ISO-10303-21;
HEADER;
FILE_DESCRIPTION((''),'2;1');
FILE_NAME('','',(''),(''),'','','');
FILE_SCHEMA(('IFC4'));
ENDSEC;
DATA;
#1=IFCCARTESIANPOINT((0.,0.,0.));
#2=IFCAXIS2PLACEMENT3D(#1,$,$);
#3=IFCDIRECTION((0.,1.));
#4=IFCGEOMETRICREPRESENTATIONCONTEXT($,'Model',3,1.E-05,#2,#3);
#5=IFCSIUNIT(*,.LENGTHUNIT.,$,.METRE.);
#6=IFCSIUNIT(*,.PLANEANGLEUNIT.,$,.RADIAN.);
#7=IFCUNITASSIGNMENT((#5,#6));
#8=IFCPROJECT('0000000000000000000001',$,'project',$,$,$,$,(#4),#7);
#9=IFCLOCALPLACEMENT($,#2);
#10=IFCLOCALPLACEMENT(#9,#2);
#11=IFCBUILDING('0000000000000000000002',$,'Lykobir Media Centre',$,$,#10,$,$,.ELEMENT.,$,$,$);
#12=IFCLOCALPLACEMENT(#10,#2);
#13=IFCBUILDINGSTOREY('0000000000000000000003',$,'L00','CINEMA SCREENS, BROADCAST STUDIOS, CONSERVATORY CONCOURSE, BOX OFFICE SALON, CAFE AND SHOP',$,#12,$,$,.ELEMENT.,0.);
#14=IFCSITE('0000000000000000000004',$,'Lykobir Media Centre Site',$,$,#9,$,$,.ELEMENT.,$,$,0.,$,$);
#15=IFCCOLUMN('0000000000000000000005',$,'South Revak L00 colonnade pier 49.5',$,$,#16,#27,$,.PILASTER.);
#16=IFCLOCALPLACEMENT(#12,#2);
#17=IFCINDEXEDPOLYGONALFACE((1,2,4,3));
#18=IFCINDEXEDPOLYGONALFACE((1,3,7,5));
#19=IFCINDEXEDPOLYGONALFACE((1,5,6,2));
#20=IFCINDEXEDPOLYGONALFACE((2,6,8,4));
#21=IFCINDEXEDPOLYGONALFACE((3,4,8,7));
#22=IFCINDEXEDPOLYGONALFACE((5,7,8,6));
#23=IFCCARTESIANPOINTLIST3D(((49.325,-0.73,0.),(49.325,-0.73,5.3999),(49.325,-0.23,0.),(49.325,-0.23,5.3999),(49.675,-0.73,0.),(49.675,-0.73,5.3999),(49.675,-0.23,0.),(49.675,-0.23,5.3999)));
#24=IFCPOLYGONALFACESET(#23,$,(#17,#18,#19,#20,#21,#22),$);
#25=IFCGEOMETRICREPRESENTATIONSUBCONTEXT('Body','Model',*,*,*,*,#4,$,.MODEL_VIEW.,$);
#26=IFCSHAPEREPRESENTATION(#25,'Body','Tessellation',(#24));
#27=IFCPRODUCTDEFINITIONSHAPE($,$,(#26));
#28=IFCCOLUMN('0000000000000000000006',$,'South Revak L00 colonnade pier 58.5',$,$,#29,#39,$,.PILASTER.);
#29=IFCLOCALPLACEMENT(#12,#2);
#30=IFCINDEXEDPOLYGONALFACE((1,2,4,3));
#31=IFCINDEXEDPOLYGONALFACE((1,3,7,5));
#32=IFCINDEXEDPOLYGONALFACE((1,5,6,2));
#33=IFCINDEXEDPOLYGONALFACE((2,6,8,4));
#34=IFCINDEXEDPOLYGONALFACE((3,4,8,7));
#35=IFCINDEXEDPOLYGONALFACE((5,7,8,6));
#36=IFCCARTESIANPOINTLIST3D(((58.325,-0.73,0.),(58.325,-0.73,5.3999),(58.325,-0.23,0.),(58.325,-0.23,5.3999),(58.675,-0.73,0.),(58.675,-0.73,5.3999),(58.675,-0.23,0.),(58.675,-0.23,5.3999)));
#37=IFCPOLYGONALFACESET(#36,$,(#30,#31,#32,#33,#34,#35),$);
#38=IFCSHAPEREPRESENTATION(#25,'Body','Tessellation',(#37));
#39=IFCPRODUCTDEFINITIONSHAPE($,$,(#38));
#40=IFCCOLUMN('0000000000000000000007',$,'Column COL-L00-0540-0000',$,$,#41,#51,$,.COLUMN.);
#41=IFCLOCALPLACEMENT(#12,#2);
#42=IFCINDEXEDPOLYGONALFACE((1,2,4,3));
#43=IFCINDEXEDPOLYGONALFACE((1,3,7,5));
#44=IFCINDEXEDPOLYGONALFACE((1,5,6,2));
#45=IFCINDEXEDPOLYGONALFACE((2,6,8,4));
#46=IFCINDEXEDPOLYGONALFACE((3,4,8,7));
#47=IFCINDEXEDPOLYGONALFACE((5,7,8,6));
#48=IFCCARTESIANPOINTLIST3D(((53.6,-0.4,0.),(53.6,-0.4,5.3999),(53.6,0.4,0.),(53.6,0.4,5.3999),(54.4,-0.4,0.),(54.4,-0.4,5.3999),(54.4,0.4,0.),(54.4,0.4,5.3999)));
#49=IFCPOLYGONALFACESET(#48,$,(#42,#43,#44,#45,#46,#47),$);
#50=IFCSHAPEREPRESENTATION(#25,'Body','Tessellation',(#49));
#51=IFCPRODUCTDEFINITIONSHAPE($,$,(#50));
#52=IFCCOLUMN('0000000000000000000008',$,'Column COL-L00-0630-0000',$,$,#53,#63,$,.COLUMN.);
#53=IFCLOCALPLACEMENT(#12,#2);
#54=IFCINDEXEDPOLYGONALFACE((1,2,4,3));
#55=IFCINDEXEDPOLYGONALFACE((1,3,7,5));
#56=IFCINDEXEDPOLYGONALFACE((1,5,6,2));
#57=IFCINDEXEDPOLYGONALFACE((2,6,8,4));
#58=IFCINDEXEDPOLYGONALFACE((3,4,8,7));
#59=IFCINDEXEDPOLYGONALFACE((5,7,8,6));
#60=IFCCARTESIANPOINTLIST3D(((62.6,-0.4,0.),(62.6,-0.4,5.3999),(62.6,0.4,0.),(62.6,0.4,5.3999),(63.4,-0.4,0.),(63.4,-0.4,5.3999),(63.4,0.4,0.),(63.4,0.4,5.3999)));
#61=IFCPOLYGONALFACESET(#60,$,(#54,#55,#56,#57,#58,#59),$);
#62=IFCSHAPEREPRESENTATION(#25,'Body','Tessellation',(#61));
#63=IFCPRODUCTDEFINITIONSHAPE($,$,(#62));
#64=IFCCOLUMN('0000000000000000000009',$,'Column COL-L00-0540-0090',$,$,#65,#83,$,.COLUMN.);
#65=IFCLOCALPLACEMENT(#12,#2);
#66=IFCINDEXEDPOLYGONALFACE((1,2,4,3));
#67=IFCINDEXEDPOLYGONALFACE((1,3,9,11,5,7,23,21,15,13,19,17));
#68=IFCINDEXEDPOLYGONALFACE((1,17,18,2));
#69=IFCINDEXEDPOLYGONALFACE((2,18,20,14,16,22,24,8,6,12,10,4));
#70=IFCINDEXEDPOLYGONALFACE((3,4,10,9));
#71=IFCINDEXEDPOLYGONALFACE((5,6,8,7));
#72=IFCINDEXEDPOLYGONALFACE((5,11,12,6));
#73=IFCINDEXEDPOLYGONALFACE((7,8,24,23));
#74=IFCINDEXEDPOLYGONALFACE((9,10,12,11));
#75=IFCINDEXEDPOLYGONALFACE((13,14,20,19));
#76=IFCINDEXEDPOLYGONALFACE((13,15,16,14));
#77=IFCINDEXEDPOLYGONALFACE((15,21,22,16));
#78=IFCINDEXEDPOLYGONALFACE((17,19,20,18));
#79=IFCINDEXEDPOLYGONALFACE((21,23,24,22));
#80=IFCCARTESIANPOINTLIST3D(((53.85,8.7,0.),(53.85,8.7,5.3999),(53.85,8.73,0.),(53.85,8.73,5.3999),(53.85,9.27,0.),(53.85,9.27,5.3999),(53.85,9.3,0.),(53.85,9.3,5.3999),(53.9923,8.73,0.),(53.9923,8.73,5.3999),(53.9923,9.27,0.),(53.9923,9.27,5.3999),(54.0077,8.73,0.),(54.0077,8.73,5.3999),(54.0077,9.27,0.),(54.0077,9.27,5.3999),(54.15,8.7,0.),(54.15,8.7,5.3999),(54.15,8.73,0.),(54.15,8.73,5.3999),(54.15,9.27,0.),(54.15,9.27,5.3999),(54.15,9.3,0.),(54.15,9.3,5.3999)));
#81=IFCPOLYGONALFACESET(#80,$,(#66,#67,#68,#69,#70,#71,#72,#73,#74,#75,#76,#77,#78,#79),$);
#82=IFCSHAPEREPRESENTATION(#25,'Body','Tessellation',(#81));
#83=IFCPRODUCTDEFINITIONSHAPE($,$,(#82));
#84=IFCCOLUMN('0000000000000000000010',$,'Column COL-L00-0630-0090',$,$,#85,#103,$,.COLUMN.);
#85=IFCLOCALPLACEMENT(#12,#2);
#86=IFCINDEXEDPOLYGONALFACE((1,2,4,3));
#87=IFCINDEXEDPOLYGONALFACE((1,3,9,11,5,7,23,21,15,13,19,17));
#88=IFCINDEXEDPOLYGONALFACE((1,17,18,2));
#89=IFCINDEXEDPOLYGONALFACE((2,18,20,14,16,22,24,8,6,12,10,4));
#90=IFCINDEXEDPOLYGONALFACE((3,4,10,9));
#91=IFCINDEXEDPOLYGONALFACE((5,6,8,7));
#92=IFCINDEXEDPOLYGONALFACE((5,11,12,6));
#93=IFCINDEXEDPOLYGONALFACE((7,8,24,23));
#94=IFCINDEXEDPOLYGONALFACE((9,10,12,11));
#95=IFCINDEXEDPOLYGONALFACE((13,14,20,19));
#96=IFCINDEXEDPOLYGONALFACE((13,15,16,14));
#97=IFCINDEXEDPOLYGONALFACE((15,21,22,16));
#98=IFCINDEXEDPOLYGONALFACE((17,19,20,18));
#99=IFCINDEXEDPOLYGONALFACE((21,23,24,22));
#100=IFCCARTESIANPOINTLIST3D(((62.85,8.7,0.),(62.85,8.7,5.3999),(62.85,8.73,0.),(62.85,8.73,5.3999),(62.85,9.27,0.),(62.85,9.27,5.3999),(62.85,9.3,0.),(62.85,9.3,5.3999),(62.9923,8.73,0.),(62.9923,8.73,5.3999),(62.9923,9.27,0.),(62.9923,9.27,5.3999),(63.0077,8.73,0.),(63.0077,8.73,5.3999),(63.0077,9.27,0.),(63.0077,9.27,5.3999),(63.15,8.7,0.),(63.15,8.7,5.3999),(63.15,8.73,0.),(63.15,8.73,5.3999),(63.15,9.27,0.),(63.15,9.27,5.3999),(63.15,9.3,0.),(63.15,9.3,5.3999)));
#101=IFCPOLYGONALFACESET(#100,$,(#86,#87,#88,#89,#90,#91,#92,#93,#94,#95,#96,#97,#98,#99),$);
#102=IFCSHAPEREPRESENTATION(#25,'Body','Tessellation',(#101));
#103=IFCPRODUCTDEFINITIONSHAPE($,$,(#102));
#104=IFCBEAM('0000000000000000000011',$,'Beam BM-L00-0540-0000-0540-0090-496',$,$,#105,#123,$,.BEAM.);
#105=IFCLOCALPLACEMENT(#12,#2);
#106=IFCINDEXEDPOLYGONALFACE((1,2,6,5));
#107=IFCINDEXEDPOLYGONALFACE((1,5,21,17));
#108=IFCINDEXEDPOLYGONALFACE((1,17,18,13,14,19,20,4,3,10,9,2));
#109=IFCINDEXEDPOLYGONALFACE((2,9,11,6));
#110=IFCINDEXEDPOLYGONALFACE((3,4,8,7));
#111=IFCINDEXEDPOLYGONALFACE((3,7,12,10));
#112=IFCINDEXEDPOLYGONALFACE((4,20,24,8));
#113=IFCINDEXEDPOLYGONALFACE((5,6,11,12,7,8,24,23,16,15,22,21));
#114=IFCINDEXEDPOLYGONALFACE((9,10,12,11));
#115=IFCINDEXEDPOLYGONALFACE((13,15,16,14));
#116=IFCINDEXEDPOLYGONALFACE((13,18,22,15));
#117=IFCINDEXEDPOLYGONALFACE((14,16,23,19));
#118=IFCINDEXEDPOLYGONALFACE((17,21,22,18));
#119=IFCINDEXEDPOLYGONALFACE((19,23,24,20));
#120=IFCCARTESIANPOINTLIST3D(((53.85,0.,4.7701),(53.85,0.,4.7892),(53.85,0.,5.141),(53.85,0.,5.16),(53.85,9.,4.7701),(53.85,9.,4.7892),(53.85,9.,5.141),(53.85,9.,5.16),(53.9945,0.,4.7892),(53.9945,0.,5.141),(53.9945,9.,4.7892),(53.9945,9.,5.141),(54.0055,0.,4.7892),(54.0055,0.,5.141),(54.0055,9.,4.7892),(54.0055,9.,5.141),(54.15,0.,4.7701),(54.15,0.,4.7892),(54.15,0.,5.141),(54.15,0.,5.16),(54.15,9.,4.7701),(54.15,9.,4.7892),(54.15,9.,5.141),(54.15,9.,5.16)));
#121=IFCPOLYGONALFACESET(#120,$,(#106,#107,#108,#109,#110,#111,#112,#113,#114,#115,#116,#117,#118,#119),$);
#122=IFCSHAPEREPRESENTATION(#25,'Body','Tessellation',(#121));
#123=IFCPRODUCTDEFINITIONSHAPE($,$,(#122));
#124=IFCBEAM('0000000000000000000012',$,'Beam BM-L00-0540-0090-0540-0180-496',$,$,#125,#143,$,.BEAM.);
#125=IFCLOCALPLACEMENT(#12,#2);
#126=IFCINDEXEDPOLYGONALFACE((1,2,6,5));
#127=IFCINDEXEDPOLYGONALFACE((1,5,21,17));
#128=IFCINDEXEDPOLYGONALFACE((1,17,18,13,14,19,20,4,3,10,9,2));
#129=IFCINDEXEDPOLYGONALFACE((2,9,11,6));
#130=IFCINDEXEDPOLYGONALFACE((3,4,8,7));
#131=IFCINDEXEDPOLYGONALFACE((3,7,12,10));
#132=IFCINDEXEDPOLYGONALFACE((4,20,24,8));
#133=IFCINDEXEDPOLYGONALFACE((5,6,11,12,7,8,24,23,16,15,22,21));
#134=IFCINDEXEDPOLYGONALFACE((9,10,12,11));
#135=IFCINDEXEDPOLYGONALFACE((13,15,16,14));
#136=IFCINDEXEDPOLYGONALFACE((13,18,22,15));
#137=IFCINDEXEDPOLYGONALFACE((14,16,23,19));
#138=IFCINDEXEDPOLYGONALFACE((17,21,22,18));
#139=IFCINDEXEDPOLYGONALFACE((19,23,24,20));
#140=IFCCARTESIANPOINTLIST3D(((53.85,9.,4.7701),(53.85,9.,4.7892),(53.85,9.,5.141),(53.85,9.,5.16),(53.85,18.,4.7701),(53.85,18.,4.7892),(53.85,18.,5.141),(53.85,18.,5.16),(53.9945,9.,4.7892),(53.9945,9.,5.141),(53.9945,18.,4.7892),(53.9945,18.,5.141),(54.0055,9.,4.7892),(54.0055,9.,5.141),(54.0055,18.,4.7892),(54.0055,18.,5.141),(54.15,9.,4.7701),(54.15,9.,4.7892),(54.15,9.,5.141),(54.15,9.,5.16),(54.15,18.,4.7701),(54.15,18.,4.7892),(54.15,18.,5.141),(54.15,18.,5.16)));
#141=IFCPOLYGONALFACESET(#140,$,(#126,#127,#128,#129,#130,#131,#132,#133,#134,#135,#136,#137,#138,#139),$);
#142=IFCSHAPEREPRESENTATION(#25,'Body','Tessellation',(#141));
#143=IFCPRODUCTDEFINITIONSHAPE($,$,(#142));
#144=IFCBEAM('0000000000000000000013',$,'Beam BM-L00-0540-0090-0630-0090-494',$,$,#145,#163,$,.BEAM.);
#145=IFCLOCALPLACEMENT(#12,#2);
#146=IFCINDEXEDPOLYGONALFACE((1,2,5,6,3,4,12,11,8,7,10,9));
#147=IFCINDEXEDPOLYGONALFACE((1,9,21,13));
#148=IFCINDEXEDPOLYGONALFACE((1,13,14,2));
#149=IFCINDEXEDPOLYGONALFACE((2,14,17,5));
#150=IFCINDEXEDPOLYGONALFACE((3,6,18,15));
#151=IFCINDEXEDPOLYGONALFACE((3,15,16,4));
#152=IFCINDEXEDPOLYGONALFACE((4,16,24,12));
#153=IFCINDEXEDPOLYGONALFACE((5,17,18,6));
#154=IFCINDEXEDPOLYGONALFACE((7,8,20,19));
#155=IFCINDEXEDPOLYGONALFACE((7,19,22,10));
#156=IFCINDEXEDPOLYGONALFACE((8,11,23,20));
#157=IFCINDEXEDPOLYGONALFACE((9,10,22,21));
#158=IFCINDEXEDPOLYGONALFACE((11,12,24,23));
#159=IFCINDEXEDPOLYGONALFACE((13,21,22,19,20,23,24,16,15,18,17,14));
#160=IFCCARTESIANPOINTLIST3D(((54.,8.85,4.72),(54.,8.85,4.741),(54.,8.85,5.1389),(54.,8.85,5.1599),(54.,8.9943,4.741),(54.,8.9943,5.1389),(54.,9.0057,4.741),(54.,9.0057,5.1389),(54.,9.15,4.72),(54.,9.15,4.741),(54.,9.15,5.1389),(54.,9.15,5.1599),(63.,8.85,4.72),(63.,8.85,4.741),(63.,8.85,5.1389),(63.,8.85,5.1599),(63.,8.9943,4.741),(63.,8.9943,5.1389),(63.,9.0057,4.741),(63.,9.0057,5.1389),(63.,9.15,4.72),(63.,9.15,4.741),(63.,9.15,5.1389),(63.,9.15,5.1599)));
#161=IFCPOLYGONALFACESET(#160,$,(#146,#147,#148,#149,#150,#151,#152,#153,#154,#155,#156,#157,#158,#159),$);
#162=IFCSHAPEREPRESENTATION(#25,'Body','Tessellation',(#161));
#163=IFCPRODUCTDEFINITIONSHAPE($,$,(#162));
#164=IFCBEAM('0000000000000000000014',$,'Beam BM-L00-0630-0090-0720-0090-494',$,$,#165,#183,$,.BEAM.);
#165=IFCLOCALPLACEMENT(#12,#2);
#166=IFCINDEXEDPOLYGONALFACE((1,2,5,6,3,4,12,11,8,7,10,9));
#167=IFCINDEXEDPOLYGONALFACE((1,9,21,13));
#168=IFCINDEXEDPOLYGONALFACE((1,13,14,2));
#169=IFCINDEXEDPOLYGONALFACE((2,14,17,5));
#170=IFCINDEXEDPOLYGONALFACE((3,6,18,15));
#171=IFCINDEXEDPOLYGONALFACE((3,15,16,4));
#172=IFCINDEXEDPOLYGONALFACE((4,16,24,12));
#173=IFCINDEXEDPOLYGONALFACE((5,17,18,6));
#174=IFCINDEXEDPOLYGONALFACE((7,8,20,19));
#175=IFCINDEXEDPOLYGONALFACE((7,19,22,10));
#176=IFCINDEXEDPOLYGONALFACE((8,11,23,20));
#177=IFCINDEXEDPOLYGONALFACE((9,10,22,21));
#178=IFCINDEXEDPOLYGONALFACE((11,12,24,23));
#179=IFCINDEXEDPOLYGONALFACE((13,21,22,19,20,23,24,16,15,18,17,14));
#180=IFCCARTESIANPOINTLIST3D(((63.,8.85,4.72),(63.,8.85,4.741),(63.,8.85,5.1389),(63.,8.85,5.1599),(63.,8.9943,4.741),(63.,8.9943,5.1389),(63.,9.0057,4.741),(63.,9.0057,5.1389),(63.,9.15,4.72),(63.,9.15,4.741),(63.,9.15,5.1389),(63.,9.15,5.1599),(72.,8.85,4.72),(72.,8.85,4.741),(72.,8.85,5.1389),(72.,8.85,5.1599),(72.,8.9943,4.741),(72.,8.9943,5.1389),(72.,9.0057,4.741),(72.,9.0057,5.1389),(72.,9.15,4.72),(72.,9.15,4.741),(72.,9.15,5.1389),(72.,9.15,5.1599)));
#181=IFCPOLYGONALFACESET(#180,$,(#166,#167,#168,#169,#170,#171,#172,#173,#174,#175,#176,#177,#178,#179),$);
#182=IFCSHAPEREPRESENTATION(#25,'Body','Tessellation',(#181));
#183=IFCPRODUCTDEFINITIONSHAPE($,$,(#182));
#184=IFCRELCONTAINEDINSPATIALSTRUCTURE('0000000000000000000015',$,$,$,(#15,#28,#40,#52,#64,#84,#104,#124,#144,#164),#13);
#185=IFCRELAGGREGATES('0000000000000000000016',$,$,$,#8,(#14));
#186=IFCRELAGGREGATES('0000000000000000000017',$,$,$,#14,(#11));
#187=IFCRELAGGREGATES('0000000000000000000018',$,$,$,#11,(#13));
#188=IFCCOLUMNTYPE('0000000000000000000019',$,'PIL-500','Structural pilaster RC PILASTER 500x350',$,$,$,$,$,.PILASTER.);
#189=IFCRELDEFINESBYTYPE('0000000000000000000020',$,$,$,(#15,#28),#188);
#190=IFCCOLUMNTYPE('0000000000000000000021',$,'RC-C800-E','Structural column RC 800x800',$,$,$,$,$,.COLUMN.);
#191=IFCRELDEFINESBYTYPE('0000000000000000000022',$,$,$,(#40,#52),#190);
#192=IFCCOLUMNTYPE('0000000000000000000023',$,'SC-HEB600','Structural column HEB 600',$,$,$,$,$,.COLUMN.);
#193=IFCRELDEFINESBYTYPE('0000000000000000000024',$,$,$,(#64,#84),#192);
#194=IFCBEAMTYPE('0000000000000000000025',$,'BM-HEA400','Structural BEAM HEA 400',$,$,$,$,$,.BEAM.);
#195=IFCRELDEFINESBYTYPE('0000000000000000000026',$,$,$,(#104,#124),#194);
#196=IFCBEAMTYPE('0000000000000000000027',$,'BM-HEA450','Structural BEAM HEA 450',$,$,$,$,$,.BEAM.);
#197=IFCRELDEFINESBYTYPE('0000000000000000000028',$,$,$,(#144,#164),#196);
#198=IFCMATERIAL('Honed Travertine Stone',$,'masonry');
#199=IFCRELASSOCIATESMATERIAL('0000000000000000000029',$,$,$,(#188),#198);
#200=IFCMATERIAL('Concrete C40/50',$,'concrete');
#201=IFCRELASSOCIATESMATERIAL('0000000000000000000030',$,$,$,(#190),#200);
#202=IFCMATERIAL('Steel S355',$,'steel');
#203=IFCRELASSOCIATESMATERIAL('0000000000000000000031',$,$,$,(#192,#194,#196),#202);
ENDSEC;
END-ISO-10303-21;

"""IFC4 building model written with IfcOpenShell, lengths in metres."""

from ifc_helpers import new_model, si_unit, direction, frame, origin, origin_2d, place, context, subcontext, project, spatial, rectangle, i_section, extrude, material, material_profile, profile_set, type_object, element, save


model = new_model("IFC4")

# Units and contexts
model_context = context("Model", 3, precision=1e-05, world=origin(), true_north=direction((0.0, 1.0)))
body_context = subcontext(model_context, "Body", "Model", "MODEL_VIEW")
ifc_project = project(units=[si_unit("LENGTHUNIT", "METRE"), si_unit("PLANEANGLEUNIT", "RADIAN")], contexts=[model_context])

# Site, building, storey
site_placement = place(None, origin())
site = spatial("IfcSite", under=ifc_project, at=site_placement, Name="Lykobir Media Centre Site", CompositionType="ELEMENT", RefElevation=0.0)
building_placement = place(site_placement, origin())
building = spatial("IfcBuilding", under=site, at=building_placement, Name="Lykobir Media Centre", CompositionType="ELEMENT")
storey_placement = place(building_placement, origin())
storey = spatial("IfcBuildingStorey", under=building, at=storey_placement, Name="L00", Description="CINEMA SCREENS, BROADCAST STUDIOS, CONSERVATORY CONCOURSE, BOX OFFICE SALON, CAFE AND SHOP", CompositionType="ELEMENT", Elevation=0.0)

# Columns
ifc_material_1 = material(Name="Honed Travertine Stone", Category="masonry")
ifc_material_profile_1 = material_profile(ifc_material_1, rectangle(XDim=0.3501, YDim=0.5, at=origin_2d()), Name="RC PILASTER 500x350")
ifc_profile_set_1 = profile_set([ifc_material_profile_1], Name="Honed Travertine Stone")
column_type_1 = type_object("IfcColumnType", Name="PIL-500", Description="Structural pilaster RC PILASTER 500x350", PredefinedType="PILASTER", material=ifc_profile_set_1)
for number, where, z_axis, x_axis, name in (
    (1, (49.5, -0.48, 0.0), (0.0, 0.0, 1.0), (1.0, 0.0, 0.0), "South Revak L00 colonnade pier 49.5"),
    (2, (58.5, -0.48, 0.0), (0.0, 0.0, 1.0), (1.0, 0.0, 0.0), "South Revak L00 colonnade pier 58.5"),
):
    element("IfcColumn", number, at=place(storey_placement, frame(where, z_axis=z_axis, x_axis=x_axis)), inside=storey, type_object=column_type_1, Name=name, PredefinedType="PILASTER", context=body_context, shape_type="SweptSolid", body=[
        extrude(rectangle(XDim=0.3501, YDim=0.5, at=origin_2d()), origin(), (0.0, 0.0, 1.0), 5.3999),
    ])
ifc_material_2 = material(Name="Concrete C40/50", Category="concrete")
ifc_material_profile_2 = material_profile(ifc_material_2, rectangle(XDim=0.8, YDim=0.8, at=origin_2d()), Name="RC 800x800")
ifc_profile_set_2 = profile_set([ifc_material_profile_2], Name="Concrete C40/50")
column_type_2 = type_object("IfcColumnType", Name="RC-C800-E", Description="Structural column RC 800x800", PredefinedType="COLUMN", material=ifc_profile_set_2)
for number, where, z_axis, x_axis, name in (
    (3, (54.0, 0.0, 0.0), (0.0, 0.0, 1.0), (1.0, 0.0, 0.0), "Column COL-L00-0540-0000"),
    (4, (63.0, 0.0, 0.0), (0.0, 0.0, 1.0), (1.0, 0.0, 0.0), "Column COL-L00-0630-0000"),
):
    element("IfcColumn", number, at=place(storey_placement, frame(where, z_axis=z_axis, x_axis=x_axis)), inside=storey, type_object=column_type_2, Name=name, PredefinedType="COLUMN", context=body_context, shape_type="SweptSolid", body=[
        extrude(rectangle(XDim=0.8, YDim=0.8, at=origin_2d()), origin(), (0.0, 0.0, 1.0), 5.3999),
    ])
ifc_material_3 = material(Name="Steel S355", Category="steel")
ifc_material_profile_3 = material_profile(ifc_material_3, i_section(OverallWidth=0.3, OverallDepth=0.6001, WebThickness=0.0154, FlangeThickness=0.03, at=origin_2d()), Name="HEB 600")
ifc_profile_set_3 = profile_set([ifc_material_profile_3], Name="Steel S355")
column_type_3 = type_object("IfcColumnType", Name="SC-HEB600", Description="Structural column HEB 600", PredefinedType="COLUMN", material=ifc_profile_set_3)
for number, where, z_axis, x_axis, name in (
    (5, (54.0, 9.0, 0.0), (0.0, 0.0, 1.0), (1.0, 0.0, 0.0), "Column COL-L00-0540-0090"),
    (6, (63.0, 9.0, 0.0), (0.0, 0.0, 1.0), (1.0, 0.0, 0.0), "Column COL-L00-0630-0090"),
):
    element("IfcColumn", number, at=place(storey_placement, frame(where, z_axis=z_axis, x_axis=x_axis)), inside=storey, type_object=column_type_3, Name=name, PredefinedType="COLUMN", context=body_context, shape_type="SweptSolid", body=[
        extrude(i_section(OverallWidth=0.3, OverallDepth=0.6001, WebThickness=0.0154, FlangeThickness=0.03, at=origin_2d()), origin(), (0.0, 0.0, 1.0), 5.3999),
    ])

# Beams
ifc_material_profile_4 = material_profile(ifc_material_3, i_section(OverallWidth=0.3, OverallDepth=0.3899, WebThickness=0.011, FlangeThickness=0.019, at=origin_2d()), Name="HEA 400")
ifc_profile_set_4 = profile_set([ifc_material_profile_4], Name="Steel S355")
beam_type_1 = type_object("IfcBeamType", Name="BM-HEA400", Description="Structural BEAM HEA 400", PredefinedType="BEAM", material=ifc_profile_set_4)
for number, where, z_axis, x_axis, name in (
    (7, (54.0, 0.0, 4.9651), (0.0, 1.0, 0.0), (-1.0, 0.0, 0.0), "Beam BM-L00-0540-0000-0540-0090-496"),
    (8, (54.0, 9.0, 4.9651), (0.0, 1.0, 0.0), (-1.0, 0.0, 0.0), "Beam BM-L00-0540-0090-0540-0180-496"),
):
    element("IfcBeam", number, at=place(storey_placement, frame(where, z_axis=z_axis, x_axis=x_axis)), inside=storey, type_object=beam_type_1, Name=name, PredefinedType="BEAM", context=body_context, shape_type="SweptSolid", body=[
        extrude(i_section(OverallWidth=0.3, OverallDepth=0.3899, WebThickness=0.011, FlangeThickness=0.019, at=origin_2d()), origin(), (0.0, 0.0, 1.0), 9.0),
    ])
ifc_material_profile_5 = material_profile(ifc_material_3, i_section(OverallWidth=0.3, OverallDepth=0.4399, WebThickness=0.0115, FlangeThickness=0.021, at=origin_2d()), Name="HEA 450")
ifc_profile_set_5 = profile_set([ifc_material_profile_5], Name="Steel S355")
beam_type_2 = type_object("IfcBeamType", Name="BM-HEA450", Description="Structural BEAM HEA 450", PredefinedType="BEAM", material=ifc_profile_set_5)
for number, where, z_axis, x_axis, name in (
    (9, (54.0, 9.0, 4.9399), (1.0, 0.0, 0.0), (0.0, 1.0, 0.0), "Beam BM-L00-0540-0090-0630-0090-494"),
    (10, (63.0, 9.0, 4.9399), (1.0, 0.0, 0.0), (0.0, 1.0, 0.0), "Beam BM-L00-0630-0090-0720-0090-494"),
):
    element("IfcBeam", number, at=place(storey_placement, frame(where, z_axis=z_axis, x_axis=x_axis)), inside=storey, type_object=beam_type_2, Name=name, PredefinedType="BEAM", context=body_context, shape_type="SweptSolid", body=[
        extrude(i_section(OverallWidth=0.3, OverallDepth=0.4399, WebThickness=0.0115, FlangeThickness=0.021, at=origin_2d()), origin(), (0.0, 0.0, 1.0), 9.0),
    ])

save(model, "model.ifc")
